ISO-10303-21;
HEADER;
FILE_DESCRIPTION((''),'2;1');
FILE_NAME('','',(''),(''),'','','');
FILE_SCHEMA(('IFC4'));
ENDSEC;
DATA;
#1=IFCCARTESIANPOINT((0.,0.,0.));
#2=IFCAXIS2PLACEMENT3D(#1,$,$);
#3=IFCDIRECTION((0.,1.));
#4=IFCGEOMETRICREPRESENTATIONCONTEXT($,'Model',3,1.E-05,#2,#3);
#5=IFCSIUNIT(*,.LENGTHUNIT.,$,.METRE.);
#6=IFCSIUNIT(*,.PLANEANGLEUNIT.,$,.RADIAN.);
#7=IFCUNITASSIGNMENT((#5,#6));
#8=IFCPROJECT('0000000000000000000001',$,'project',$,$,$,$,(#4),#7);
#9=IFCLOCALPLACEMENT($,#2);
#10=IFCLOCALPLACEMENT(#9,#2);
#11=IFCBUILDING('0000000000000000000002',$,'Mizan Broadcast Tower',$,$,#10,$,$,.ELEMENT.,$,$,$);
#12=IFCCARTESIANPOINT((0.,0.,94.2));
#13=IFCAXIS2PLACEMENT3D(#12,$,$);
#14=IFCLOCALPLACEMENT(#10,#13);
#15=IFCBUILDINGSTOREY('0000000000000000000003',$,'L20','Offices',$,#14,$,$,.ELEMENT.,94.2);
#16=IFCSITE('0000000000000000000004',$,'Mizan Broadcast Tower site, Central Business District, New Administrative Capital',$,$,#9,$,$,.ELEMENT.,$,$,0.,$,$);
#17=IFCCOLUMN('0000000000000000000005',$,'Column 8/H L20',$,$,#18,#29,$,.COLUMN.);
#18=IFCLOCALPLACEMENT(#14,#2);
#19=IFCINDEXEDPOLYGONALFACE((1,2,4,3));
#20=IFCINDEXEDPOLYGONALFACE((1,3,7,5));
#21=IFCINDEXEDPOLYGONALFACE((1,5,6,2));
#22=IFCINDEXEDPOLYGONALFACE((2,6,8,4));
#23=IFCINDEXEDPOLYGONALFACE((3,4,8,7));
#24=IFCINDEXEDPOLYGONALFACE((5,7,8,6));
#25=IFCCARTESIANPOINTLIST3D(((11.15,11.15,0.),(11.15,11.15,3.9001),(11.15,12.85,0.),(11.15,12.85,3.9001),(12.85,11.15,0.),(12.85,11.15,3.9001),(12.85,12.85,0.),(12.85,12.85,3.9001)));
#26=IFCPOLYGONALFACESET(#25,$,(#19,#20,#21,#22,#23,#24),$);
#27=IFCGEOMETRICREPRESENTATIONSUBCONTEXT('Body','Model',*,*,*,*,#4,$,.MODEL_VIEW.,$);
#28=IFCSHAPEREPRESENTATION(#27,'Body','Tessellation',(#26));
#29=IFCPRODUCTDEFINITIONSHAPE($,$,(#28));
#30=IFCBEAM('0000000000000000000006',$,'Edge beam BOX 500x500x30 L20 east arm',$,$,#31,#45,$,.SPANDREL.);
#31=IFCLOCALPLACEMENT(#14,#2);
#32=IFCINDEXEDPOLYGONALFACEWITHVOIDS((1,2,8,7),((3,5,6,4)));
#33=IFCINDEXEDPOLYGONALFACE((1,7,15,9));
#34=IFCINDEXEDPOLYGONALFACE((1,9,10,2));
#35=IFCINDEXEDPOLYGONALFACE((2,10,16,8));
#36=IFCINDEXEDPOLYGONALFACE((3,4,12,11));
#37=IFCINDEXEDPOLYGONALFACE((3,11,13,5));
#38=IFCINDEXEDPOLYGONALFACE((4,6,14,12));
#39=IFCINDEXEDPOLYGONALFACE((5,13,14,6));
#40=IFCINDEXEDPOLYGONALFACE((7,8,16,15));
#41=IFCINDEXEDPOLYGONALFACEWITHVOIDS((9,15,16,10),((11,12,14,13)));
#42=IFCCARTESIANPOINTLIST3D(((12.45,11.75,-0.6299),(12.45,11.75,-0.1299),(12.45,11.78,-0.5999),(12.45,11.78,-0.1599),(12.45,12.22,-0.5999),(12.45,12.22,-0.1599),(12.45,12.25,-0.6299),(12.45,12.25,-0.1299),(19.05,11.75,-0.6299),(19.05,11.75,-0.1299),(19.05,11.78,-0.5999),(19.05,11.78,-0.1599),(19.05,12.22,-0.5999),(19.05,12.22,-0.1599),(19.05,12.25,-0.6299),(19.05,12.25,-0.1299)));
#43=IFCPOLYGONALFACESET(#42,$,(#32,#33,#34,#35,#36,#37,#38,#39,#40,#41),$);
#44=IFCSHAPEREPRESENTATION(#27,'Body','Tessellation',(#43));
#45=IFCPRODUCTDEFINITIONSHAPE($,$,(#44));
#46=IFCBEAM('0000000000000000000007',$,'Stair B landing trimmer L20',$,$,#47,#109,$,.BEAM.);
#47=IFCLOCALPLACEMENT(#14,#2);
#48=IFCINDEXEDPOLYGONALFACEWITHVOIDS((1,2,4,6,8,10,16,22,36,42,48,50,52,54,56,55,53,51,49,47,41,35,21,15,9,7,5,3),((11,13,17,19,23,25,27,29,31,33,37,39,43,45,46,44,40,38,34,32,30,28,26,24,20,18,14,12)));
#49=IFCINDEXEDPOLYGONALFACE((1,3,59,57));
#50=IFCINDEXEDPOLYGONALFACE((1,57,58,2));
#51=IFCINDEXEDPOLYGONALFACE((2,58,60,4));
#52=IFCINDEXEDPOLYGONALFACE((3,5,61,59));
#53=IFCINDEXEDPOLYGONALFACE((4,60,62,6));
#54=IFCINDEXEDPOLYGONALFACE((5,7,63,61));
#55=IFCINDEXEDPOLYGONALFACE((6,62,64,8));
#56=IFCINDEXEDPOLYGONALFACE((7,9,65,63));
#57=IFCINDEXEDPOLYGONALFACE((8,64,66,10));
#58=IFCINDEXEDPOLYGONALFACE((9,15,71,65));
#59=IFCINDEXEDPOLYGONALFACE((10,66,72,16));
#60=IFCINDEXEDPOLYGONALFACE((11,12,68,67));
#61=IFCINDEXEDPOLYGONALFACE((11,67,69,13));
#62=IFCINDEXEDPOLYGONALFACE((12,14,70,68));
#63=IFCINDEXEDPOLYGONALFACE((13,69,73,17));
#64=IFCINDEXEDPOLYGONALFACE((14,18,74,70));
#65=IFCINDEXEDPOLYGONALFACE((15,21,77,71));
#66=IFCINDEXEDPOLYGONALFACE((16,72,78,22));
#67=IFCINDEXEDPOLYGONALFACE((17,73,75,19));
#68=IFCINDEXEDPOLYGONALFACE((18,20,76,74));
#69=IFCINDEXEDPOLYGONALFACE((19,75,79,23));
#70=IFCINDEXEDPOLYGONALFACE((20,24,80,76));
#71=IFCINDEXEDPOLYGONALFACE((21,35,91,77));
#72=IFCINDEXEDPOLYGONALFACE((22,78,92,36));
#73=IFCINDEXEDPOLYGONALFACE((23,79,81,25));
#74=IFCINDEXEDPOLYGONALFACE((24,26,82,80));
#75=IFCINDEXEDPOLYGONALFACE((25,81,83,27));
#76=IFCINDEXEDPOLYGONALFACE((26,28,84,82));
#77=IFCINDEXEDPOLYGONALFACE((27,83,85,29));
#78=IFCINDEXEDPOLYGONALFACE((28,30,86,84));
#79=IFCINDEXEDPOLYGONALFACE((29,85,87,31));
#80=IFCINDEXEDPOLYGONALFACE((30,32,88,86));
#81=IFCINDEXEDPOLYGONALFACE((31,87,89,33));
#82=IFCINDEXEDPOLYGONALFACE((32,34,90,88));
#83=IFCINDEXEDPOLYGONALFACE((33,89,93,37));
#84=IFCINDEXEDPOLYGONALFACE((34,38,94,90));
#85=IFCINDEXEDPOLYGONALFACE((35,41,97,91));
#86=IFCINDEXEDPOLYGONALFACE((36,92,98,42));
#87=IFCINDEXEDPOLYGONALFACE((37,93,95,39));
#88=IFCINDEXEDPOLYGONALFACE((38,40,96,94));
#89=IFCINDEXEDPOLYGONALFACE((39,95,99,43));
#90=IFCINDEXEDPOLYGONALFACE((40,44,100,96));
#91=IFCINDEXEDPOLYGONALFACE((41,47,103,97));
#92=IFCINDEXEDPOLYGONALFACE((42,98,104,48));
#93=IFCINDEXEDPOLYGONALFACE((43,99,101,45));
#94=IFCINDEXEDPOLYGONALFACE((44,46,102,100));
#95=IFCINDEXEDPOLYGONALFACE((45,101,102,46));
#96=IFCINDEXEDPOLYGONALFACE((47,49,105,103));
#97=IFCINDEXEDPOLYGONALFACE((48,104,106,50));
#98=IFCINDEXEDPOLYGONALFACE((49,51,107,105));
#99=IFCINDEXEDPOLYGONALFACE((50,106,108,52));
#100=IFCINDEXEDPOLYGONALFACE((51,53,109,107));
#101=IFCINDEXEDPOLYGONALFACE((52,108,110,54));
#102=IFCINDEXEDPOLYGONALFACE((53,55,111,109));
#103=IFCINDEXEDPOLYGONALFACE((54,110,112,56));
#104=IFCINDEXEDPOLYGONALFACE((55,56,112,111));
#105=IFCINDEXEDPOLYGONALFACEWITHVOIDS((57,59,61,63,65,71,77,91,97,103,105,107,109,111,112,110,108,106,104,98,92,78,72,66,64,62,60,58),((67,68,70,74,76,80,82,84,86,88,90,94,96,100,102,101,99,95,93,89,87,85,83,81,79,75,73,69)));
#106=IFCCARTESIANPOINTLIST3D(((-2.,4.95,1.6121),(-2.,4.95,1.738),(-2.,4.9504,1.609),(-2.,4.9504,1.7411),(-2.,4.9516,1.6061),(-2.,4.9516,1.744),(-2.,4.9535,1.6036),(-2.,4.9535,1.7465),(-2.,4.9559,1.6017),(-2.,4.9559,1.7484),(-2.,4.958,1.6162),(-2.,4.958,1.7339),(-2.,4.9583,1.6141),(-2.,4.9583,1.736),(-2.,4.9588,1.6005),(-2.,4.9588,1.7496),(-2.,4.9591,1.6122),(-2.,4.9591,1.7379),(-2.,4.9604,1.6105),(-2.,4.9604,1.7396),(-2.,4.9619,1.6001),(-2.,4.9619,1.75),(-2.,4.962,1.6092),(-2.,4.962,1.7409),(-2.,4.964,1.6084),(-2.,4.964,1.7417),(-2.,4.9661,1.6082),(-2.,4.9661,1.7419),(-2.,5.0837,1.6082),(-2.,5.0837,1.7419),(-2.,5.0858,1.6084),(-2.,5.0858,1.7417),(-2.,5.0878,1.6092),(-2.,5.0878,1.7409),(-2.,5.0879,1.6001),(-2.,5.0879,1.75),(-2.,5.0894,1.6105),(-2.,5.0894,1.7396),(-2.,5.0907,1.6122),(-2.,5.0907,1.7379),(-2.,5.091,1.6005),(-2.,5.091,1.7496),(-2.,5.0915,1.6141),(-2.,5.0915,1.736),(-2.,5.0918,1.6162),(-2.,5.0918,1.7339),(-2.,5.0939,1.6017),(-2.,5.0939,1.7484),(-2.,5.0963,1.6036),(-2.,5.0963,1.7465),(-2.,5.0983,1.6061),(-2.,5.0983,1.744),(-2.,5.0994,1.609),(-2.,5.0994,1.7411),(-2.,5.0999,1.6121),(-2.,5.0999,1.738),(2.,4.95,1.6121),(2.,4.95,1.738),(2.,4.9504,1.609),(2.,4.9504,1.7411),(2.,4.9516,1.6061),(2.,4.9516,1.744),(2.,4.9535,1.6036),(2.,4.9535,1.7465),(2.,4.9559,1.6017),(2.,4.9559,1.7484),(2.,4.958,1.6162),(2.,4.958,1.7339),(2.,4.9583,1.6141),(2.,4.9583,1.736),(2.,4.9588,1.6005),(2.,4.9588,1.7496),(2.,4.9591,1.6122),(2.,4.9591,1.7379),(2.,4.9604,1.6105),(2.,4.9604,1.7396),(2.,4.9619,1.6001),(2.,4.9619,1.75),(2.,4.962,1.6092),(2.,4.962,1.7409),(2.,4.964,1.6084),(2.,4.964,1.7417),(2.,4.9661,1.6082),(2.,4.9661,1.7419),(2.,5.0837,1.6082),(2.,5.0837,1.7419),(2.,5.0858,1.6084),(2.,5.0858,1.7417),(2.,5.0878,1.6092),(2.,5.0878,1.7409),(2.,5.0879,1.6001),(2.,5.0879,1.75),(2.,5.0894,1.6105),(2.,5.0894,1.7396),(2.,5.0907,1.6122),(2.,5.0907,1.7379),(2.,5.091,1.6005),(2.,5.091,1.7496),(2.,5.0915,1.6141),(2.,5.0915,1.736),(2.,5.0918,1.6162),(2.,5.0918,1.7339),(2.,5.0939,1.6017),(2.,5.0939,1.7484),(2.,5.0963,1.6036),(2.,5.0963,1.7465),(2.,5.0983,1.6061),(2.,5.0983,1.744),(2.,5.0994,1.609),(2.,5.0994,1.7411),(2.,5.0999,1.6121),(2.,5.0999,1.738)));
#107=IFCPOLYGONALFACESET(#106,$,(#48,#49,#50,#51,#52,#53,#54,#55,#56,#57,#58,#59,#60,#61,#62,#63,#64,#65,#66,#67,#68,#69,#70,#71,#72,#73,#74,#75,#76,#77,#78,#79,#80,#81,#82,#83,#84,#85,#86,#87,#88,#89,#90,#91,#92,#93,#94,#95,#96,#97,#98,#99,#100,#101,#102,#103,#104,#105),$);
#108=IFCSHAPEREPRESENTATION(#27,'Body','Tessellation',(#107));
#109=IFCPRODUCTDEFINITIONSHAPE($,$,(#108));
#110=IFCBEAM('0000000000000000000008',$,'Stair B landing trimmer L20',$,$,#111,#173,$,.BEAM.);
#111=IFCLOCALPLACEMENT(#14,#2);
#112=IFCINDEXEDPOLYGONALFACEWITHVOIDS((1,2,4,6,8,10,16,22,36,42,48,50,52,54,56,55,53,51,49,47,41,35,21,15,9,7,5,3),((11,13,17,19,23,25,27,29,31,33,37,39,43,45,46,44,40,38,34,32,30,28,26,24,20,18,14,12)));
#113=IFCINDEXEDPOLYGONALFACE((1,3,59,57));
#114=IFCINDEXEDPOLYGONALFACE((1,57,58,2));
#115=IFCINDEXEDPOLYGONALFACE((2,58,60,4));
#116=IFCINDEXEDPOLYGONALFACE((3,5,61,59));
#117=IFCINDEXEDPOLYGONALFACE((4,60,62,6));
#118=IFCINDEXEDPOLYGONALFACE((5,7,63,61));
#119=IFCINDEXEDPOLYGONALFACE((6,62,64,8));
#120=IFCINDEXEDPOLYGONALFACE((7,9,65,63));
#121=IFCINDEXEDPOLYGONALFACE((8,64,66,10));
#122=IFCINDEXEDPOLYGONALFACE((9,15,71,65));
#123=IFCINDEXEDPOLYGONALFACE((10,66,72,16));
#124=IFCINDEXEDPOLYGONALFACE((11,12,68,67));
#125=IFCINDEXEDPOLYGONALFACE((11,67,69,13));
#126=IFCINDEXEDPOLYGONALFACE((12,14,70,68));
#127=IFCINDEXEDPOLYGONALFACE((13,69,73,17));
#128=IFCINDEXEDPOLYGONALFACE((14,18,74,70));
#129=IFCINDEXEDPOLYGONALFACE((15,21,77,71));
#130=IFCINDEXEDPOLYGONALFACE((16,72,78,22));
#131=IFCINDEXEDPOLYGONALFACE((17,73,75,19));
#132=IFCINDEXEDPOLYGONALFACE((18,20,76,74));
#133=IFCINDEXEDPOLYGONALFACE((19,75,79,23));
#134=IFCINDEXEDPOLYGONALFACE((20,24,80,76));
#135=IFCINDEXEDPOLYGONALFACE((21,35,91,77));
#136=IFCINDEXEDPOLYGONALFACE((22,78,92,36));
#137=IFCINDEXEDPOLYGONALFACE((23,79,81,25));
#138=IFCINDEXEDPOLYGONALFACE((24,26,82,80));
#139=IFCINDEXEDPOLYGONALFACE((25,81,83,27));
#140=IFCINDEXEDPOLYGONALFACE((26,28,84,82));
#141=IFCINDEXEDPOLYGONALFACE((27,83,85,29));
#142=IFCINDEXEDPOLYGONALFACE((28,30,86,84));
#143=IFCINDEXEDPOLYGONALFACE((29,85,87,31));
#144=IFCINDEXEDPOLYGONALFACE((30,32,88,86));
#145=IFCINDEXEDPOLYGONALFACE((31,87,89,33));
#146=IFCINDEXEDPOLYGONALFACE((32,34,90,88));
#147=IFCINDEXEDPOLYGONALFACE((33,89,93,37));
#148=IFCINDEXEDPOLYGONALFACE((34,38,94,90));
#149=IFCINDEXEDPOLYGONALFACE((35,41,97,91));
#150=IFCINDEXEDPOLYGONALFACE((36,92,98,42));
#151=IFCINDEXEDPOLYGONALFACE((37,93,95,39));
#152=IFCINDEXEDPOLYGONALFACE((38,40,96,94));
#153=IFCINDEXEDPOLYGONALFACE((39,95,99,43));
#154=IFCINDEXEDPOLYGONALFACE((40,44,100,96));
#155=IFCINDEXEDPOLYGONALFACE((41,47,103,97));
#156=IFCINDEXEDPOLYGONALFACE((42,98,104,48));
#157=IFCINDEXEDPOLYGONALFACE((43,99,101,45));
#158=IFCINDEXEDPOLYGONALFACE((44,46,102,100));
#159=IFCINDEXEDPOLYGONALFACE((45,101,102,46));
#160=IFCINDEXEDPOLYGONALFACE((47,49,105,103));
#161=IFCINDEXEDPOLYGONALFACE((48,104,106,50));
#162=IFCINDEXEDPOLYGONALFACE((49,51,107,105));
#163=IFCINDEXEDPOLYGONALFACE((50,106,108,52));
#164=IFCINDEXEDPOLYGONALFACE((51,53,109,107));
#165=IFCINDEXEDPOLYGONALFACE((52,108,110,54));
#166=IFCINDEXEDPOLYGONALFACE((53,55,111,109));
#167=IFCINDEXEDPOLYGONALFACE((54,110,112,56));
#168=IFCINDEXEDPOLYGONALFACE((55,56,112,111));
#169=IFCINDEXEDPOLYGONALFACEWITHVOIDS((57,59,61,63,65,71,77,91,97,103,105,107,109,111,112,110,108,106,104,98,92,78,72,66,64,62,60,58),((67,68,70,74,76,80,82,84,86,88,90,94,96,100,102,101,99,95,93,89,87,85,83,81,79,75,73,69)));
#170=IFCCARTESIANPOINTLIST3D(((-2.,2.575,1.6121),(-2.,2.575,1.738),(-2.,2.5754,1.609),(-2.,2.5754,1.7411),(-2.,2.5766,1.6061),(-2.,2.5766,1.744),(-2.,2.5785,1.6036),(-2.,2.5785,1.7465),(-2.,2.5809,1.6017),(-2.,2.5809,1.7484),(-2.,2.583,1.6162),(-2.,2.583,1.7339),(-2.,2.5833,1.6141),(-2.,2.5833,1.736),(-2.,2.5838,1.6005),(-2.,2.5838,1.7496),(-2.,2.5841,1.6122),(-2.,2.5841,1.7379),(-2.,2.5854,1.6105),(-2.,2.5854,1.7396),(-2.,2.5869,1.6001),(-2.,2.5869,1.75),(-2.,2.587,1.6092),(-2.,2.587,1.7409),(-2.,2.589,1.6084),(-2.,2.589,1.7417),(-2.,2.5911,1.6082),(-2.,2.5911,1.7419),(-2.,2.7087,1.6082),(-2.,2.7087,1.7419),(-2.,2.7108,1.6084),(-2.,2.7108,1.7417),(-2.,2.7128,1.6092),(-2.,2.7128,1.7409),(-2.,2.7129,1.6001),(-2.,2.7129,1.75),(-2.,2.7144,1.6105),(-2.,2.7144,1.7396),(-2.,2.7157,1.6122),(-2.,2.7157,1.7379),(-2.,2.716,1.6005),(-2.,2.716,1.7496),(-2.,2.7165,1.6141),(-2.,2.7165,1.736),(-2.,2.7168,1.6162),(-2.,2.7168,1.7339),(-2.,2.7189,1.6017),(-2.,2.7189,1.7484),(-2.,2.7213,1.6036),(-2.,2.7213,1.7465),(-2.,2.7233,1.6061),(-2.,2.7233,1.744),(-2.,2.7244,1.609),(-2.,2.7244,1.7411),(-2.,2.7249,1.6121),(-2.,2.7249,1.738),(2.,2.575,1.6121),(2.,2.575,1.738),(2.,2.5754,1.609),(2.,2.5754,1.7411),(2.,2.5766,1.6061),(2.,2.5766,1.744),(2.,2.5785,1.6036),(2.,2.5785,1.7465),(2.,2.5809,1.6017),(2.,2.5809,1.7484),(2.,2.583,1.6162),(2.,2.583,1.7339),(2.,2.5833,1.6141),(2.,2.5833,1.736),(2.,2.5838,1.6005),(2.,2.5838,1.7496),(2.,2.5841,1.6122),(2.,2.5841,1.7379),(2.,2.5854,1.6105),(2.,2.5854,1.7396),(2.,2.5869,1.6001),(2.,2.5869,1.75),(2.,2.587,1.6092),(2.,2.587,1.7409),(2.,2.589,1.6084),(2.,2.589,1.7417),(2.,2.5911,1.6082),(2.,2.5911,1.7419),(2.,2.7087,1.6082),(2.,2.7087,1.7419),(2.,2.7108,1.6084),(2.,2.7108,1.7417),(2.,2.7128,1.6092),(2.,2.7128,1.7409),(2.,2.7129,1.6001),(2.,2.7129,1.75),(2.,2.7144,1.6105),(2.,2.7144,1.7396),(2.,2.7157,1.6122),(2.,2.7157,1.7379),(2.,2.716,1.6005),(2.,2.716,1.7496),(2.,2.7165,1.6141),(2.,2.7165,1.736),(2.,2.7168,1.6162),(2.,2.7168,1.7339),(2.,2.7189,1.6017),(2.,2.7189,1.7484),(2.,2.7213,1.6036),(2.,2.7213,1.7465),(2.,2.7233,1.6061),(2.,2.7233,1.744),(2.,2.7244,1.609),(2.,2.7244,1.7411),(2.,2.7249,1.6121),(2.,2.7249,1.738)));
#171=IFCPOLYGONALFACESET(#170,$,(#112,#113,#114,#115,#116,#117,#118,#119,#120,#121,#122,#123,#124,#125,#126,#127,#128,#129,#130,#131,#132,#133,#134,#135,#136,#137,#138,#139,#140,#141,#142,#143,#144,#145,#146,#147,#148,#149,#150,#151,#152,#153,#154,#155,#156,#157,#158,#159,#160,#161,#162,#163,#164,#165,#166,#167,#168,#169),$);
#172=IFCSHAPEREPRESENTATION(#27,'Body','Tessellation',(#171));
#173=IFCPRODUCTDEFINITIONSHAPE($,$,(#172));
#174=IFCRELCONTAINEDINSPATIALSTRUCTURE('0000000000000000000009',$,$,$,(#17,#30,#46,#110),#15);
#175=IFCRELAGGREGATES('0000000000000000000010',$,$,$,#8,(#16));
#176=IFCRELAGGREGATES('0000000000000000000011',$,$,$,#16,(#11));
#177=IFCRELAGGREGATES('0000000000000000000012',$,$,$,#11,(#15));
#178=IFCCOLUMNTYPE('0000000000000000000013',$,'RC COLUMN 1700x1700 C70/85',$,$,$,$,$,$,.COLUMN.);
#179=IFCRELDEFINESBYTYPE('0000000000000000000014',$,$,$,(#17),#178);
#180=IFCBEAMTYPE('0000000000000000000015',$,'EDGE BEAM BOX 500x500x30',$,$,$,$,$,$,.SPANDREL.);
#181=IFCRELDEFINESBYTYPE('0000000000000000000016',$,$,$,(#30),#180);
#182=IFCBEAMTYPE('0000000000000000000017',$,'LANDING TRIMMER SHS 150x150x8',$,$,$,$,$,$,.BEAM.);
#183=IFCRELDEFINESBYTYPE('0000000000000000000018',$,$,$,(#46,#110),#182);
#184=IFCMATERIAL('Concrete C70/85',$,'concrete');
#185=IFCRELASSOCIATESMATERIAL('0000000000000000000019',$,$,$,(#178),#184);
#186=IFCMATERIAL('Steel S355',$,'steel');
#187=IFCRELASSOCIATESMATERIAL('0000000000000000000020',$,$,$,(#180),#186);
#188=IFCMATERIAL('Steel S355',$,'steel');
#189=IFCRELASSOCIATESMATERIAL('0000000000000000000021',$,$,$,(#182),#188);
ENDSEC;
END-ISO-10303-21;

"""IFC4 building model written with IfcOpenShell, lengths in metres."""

from ifc_helpers import new_model, si_unit, direction, frame, origin, origin_2d, place, context, subcontext, project, spatial, rectangle, hollow_rectangle, extrude, material, material_profile, profile_set, type_object, element, save


model = new_model("IFC4")

# Units and contexts
model_context = context("Model", 3, precision=1e-05, world=origin(), true_north=direction((0.0, 1.0)))
body_context = subcontext(model_context, "Body", "Model", "MODEL_VIEW")
ifc_project = project(units=[si_unit("LENGTHUNIT", "METRE"), si_unit("PLANEANGLEUNIT", "RADIAN")], contexts=[model_context])

# Site, building, storey
site_placement = place(None, origin())
site = spatial("IfcSite", under=ifc_project, at=site_placement, Name="Mizan Broadcast Tower site, Central Business District, New Administrative Capital", CompositionType="ELEMENT", RefElevation=0.0)
building_placement = place(site_placement, origin())
building = spatial("IfcBuilding", under=site, at=building_placement, Name="Mizan Broadcast Tower", CompositionType="ELEMENT")
storey_placement = place(building_placement, frame((0.0, 0.0, 94.2)))
storey = spatial("IfcBuildingStorey", under=building, at=storey_placement, Name="L20", Description="Offices", CompositionType="ELEMENT", Elevation=94.2)

# Column
ifc_material_1 = material(Name="Concrete C70/85", Category="concrete")
ifc_material_profile_1 = material_profile(ifc_material_1, rectangle(XDim=1.7, YDim=1.7, at=origin_2d()), Name="RC 1700x1700")
ifc_profile_set_1 = profile_set([ifc_material_profile_1], Name="Concrete C70/85")
column_type = type_object("IfcColumnType", Name="RC COLUMN 1700x1700 C70/85", PredefinedType="COLUMN", material=ifc_profile_set_1)
column_placement = place(storey_placement, frame((12.0, 12.0, 0.0), z_axis=(0.0, 0.0, 1.0), x_axis=(1.0, 0.0, 0.0)))
element("IfcColumn", 1, at=column_placement, inside=storey, type_object=column_type, Name="Column 8/H L20", PredefinedType="COLUMN", context=body_context, shape_type="SweptSolid", body=[
    extrude(rectangle(XDim=1.7, YDim=1.7, at=origin_2d()), origin(), (0.0, 0.0, 1.0), 3.9001),
])

# Beams
ifc_material_2 = material(Name="Steel S355", Category="steel")
ifc_material_profile_2 = material_profile(ifc_material_2, hollow_rectangle(XDim=0.5, YDim=0.5, WallThickness=0.03, at=origin_2d()), Name="BOX 500x500x30")
ifc_profile_set_2 = profile_set([ifc_material_profile_2], Name="Steel S355")
beam_type_1 = type_object("IfcBeamType", Name="EDGE BEAM BOX 500x500x30", PredefinedType="SPANDREL", material=ifc_profile_set_2)
beam_1_placement = place(storey_placement, frame((12.45, 12.0, -0.3799), z_axis=(1.0, 0.0, 0.0), x_axis=(0.0, 1.0, 0.0)))
element("IfcBeam", 2, at=beam_1_placement, inside=storey, type_object=beam_type_1, Name="Edge beam BOX 500x500x30 L20 east arm", PredefinedType="SPANDREL", context=body_context, shape_type="SweptSolid", body=[
    extrude(hollow_rectangle(XDim=0.5, YDim=0.5, WallThickness=0.03, at=origin_2d()), origin(), (0.0, 0.0, 1.0), 6.6001),
])
ifc_material_3 = material(Name="Steel S355", Category="steel")
ifc_material_profile_3 = material_profile(ifc_material_3, hollow_rectangle(XDim=0.1499, YDim=0.1499, WallThickness=0.0081, InnerFilletRadius=0.0081, OuterFilletRadius=0.012, at=origin_2d()), Name="SHS 150x150x8")
ifc_profile_set_3 = profile_set([ifc_material_profile_3], Name="Steel S355")
beam_type_2 = type_object("IfcBeamType", Name="LANDING TRIMMER SHS 150x150x8", PredefinedType="BEAM", material=ifc_profile_set_3)
for number, where, z_axis, x_axis, name in (
    (3, (2.0, 5.0249, 1.675), (-1.0, 0.0, 0.0), (0.0, -1.0, 0.0), "Stair B landing trimmer L20"),
    (4, (2.0, 2.6499, 1.675), (-1.0, 0.0, 0.0), (0.0, -1.0, 0.0), "Stair B landing trimmer L20"),
):
    element("IfcBeam", number, at=place(storey_placement, frame(where, z_axis=z_axis, x_axis=x_axis)), inside=storey, type_object=beam_type_2, Name=name, PredefinedType="BEAM", context=body_context, shape_type="SweptSolid", body=[
        extrude(hollow_rectangle(XDim=0.1499, YDim=0.1499, WallThickness=0.0081, InnerFilletRadius=0.0081, OuterFilletRadius=0.012, at=origin_2d()), origin(), (0.0, 0.0, 1.0), 4.0),
    ])

save(model, "model.ifc")
